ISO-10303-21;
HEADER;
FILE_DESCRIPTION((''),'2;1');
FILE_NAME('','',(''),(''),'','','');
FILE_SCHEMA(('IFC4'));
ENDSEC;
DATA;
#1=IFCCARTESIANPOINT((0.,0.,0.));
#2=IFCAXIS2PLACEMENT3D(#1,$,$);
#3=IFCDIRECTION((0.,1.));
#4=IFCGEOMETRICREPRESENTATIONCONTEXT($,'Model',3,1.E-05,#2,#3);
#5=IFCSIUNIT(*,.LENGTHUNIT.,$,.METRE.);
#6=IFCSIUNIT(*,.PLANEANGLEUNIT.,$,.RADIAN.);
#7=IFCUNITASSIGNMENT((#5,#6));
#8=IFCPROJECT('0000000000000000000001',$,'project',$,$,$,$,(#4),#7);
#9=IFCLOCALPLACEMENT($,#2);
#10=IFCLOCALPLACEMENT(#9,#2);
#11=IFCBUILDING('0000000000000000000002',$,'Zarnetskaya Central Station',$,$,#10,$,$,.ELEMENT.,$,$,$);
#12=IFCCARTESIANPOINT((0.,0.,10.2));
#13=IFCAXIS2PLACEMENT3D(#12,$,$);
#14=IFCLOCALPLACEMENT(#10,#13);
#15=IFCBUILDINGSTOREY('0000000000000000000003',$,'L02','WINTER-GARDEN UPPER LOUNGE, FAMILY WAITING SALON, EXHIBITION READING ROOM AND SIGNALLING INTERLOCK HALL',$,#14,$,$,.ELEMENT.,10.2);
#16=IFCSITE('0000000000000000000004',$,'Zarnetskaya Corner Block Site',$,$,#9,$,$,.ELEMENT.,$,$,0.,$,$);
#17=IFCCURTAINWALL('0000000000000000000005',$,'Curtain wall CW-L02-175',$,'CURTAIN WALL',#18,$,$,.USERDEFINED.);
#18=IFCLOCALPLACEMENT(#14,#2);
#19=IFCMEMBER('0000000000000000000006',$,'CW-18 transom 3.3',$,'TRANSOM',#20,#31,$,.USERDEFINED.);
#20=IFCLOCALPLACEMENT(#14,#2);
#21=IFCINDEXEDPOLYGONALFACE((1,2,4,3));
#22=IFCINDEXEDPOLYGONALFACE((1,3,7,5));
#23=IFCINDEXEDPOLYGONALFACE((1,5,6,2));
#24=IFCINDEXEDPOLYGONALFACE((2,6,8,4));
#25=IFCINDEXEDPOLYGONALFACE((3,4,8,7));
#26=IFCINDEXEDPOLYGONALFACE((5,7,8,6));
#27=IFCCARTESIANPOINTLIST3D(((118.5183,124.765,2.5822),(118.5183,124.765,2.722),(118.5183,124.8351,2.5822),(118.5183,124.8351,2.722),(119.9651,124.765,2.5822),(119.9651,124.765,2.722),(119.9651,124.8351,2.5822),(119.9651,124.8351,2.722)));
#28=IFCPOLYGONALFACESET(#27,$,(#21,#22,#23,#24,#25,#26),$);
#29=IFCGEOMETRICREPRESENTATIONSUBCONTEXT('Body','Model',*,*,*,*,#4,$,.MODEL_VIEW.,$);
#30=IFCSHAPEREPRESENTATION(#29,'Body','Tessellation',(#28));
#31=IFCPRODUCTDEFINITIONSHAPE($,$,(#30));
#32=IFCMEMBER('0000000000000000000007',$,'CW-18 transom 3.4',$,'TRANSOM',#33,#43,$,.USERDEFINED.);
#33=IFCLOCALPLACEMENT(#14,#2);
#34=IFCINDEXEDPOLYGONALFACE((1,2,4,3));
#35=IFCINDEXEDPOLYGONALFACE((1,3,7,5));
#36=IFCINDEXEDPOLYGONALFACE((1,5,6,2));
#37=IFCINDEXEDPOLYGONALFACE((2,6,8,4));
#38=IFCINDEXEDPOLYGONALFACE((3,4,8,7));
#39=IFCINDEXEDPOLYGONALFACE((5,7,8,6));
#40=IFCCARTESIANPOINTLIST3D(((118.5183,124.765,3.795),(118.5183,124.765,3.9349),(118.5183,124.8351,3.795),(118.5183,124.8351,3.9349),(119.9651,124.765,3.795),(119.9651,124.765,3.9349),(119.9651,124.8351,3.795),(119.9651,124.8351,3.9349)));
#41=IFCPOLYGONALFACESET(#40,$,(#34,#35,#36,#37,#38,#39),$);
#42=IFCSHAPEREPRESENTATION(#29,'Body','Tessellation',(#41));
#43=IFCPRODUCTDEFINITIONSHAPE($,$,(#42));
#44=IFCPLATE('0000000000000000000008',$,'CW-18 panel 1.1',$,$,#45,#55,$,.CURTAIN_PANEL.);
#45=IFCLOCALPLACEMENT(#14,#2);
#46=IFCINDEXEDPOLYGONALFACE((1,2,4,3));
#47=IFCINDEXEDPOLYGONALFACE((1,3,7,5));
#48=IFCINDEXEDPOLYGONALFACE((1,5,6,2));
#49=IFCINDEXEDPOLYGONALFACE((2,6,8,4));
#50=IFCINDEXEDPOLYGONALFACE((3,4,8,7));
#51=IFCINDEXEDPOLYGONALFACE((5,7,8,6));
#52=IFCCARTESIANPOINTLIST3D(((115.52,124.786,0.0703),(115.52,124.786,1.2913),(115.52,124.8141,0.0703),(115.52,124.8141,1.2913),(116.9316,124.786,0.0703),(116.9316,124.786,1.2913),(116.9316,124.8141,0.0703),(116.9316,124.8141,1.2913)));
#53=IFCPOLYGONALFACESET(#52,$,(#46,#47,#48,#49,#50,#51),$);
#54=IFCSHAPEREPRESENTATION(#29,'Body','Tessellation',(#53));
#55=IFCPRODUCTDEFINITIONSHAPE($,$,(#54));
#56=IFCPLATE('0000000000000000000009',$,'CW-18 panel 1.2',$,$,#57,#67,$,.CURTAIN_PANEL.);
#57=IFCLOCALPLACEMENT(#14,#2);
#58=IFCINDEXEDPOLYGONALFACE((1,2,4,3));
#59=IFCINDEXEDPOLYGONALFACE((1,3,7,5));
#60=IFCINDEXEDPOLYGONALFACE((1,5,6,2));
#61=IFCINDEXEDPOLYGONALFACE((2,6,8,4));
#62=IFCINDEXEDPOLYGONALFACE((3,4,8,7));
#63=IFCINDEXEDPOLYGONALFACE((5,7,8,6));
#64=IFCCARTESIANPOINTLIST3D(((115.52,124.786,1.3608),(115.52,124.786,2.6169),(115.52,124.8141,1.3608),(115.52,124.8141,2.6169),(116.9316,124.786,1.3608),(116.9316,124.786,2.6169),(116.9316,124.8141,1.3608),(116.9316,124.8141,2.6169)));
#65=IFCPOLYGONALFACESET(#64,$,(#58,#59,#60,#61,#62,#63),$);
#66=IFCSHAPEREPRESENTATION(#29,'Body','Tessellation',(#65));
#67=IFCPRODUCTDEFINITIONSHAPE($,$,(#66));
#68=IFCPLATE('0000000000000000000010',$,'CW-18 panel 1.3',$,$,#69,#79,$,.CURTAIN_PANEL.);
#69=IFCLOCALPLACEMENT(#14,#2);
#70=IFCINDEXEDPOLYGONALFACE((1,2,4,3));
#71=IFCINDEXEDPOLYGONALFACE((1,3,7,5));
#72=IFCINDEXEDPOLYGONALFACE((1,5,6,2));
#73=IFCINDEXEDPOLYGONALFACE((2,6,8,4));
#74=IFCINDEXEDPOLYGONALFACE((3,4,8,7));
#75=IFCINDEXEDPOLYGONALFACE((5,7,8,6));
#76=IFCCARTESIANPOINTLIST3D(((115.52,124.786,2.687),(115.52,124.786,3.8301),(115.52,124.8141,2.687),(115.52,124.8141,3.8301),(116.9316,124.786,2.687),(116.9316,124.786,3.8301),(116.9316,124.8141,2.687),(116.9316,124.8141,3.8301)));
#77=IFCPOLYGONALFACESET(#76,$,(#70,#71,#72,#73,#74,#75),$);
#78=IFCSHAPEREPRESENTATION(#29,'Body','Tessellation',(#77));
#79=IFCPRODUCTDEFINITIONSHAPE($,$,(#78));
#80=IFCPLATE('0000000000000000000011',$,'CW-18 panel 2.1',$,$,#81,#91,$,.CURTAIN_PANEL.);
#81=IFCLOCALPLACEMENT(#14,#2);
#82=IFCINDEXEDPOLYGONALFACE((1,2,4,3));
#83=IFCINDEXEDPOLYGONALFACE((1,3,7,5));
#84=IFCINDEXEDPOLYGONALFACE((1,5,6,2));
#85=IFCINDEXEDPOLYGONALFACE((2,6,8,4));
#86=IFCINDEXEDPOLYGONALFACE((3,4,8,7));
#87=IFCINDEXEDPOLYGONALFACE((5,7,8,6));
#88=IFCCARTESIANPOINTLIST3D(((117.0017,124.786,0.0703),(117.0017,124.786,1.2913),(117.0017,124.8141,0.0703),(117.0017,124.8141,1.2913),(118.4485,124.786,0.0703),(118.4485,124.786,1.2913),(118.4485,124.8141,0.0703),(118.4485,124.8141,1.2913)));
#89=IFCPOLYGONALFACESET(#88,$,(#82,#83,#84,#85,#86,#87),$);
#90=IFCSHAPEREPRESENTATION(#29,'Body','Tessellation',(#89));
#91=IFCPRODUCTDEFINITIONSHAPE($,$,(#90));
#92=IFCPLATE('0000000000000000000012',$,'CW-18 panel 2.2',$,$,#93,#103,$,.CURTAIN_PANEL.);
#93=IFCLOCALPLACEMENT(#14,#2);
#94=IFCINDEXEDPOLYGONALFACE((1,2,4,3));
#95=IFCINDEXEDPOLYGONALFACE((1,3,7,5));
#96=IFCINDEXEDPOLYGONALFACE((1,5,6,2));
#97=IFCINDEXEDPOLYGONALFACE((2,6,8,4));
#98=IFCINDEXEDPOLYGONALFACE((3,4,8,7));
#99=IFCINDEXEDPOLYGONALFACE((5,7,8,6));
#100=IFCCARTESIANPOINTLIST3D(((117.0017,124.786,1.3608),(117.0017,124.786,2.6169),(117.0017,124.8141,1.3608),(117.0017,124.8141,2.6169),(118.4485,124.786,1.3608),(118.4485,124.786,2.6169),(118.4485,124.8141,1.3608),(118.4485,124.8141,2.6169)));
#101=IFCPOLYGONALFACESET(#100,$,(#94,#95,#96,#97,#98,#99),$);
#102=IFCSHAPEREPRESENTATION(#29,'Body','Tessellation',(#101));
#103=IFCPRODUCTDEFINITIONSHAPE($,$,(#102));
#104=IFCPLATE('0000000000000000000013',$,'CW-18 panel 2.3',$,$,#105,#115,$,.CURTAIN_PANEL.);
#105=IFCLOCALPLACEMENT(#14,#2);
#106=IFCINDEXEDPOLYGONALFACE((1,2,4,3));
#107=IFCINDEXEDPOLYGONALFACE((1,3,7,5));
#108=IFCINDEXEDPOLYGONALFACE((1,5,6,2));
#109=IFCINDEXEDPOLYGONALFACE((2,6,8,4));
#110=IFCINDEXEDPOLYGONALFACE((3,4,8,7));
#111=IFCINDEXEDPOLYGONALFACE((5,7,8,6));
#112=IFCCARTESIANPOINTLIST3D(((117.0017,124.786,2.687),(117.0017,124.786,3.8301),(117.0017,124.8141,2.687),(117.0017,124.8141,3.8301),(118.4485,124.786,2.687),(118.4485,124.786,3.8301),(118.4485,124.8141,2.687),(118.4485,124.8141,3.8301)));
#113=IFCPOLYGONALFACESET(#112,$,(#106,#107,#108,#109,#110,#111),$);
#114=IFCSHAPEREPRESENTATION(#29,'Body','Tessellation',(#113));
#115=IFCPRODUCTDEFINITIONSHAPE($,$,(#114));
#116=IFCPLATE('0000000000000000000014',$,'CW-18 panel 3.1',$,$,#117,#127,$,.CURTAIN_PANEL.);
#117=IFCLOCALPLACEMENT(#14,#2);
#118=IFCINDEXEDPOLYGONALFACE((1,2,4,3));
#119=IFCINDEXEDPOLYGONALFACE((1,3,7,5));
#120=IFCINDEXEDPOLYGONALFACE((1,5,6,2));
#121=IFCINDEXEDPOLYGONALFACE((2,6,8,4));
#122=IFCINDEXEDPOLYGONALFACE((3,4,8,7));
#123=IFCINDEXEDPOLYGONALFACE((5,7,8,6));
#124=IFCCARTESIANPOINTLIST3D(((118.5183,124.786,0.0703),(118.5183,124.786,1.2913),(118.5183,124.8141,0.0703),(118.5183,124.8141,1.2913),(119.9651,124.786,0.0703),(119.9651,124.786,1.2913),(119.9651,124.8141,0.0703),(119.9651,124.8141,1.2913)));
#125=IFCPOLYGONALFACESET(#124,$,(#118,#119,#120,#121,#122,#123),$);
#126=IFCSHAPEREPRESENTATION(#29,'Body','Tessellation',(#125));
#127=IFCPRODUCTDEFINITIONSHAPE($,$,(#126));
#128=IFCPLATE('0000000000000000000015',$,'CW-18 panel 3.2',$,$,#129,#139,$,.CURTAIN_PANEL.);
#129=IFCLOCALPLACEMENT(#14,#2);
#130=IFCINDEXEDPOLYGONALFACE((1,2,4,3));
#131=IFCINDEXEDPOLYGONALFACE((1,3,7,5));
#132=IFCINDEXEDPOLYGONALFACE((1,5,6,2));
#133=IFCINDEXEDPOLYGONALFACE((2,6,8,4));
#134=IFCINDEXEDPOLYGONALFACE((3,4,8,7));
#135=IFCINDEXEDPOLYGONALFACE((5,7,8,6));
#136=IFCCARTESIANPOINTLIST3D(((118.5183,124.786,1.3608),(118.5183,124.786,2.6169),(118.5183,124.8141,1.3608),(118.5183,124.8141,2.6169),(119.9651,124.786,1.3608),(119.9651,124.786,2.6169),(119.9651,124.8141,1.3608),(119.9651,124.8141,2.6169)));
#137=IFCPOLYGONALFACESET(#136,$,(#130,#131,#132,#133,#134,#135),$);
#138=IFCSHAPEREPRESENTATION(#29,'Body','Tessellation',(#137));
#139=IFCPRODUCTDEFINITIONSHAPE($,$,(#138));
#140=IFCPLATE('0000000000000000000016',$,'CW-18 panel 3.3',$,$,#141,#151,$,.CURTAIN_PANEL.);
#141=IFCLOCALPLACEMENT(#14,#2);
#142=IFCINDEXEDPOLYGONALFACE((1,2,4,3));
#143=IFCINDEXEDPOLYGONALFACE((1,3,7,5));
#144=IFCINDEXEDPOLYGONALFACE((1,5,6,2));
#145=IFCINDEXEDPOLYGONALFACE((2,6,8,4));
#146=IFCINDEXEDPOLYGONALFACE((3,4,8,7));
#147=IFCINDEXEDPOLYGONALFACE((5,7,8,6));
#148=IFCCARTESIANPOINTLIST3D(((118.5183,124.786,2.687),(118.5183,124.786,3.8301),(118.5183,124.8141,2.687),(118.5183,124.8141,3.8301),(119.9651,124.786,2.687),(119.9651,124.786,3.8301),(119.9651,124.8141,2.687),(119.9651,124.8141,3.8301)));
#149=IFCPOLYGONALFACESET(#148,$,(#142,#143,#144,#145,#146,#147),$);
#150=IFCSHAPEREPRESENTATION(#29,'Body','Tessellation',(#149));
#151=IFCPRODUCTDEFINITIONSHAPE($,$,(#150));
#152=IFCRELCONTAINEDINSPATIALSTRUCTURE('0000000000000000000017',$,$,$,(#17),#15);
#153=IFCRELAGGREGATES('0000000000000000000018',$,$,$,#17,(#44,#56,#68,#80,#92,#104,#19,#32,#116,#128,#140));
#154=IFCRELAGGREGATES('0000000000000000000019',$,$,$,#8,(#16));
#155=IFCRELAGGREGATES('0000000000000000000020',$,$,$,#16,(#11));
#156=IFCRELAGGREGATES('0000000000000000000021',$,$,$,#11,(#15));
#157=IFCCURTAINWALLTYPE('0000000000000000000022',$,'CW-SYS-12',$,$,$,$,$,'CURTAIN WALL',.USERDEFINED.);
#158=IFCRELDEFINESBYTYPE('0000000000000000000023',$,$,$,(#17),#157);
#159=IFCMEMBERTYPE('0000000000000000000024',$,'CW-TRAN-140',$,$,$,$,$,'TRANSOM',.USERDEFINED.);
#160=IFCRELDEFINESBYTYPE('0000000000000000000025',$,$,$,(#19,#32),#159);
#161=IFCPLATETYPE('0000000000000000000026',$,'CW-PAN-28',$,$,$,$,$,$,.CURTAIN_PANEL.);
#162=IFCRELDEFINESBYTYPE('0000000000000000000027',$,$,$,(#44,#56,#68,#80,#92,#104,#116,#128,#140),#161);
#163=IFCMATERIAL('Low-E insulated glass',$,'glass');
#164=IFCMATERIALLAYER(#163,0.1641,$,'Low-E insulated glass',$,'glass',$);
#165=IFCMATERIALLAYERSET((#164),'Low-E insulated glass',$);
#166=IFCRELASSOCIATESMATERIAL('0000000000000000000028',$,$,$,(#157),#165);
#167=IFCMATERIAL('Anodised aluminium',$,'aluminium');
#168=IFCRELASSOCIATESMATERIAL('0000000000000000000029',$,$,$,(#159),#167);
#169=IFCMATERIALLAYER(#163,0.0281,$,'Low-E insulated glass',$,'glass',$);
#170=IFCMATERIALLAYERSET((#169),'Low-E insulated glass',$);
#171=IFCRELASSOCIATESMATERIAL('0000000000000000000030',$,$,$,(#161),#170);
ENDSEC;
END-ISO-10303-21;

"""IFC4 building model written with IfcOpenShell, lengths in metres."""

from ifc_helpers import new_model, si_unit, direction, frame, origin, origin_2d, place, context, subcontext, project, spatial, rectangle, extrude, material, layer, layer_set, material_profile, profile_set, type_object, element, aggregate, save


model = new_model("IFC4")

# Units and contexts
model_context = context("Model", 3, precision=1e-05, world=origin(), true_north=direction((0.0, 1.0)))
body_context = subcontext(model_context, "Body", "Model", "MODEL_VIEW")
ifc_project = project(units=[si_unit("LENGTHUNIT", "METRE"), si_unit("PLANEANGLEUNIT", "RADIAN")], contexts=[model_context])

# Site, building, storey
site_placement = place(None, origin())
site = spatial("IfcSite", under=ifc_project, at=site_placement, Name="Zarnetskaya Corner Block Site", CompositionType="ELEMENT", RefElevation=0.0)
building_placement = place(site_placement, origin())
building = spatial("IfcBuilding", under=site, at=building_placement, Name="Zarnetskaya Central Station", CompositionType="ELEMENT")
storey_placement = place(building_placement, frame((0.0, 0.0, 10.2)))
storey = spatial("IfcBuildingStorey", under=building, at=storey_placement, Name="L02", Description="WINTER-GARDEN UPPER LOUNGE, FAMILY WAITING SALON, EXHIBITION READING ROOM AND SIGNALLING INTERLOCK HALL", CompositionType="ELEMENT", Elevation=10.2)

# Curtain wall, members, plates
ifc_material_1 = material(Name="Low-E insulated glass", Category="glass")
ifc_layer_1 = layer(ifc_material_1, 0.1641, Name="Low-E insulated glass", Category="glass")
ifc_layer_set_1 = layer_set([ifc_layer_1], Name="Low-E insulated glass")
curtain_wall_type = type_object("IfcCurtainWallType", Name="CW-SYS-12", ElementType="CURTAIN WALL", PredefinedType="USERDEFINED", material=ifc_layer_set_1)
curtain_wall_placement = place(storey_placement, origin())
curtain_wall = element("IfcCurtainWall", 1, at=curtain_wall_placement, inside=storey, type_object=curtain_wall_type, Name="Curtain wall CW-L02-175", ObjectType="CURTAIN WALL", PredefinedType="USERDEFINED")
ifc_material_2 = material(Name="Anodised aluminium", Category="aluminium")
ifc_material_profile_1 = material_profile(ifc_material_2, rectangle(XDim=0.0701, YDim=0.1399, at=origin_2d()), Name="ALU TRAN 70x140")
ifc_profile_set_1 = profile_set([ifc_material_profile_1], Name="Anodised aluminium")
member_type_1 = type_object("IfcMemberType", Name="CW-TRAN-140", ElementType="TRANSOM", PredefinedType="USERDEFINED", material=ifc_profile_set_1)
member_1_placement = place(storey_placement, frame((118.5183, 124.8, 2.6521), z_axis=(1.0, 0.0, 0.0), x_axis=(0.0, 1.0, 0.0)))
member_1 = element("IfcMember", 2, at=member_1_placement, type_object=member_type_1, Name="CW-18 transom 3.3", ObjectType="TRANSOM", PredefinedType="USERDEFINED", context=body_context, shape_type="SweptSolid", body=[
    extrude(rectangle(XDim=0.0701, YDim=0.1399, at=origin_2d()), origin(), (0.0, 0.0, 1.0), 1.4468),
])
member_2_placement = place(storey_placement, frame((118.5183, 124.8, 3.865), z_axis=(1.0, 0.0, 0.0), x_axis=(0.0, 1.0, 0.0)))
member_2 = element("IfcMember", 3, at=member_2_placement, type_object=member_type_1, Name="CW-18 transom 3.4", ObjectType="TRANSOM", PredefinedType="USERDEFINED", context=body_context, shape_type="SweptSolid", body=[
    extrude(rectangle(XDim=0.0701, YDim=0.1399, at=origin_2d()), origin(), (0.0, 0.0, 1.0), 1.4468),
])
ifc_layer_2 = layer(ifc_material_1, 0.0281, Name="Low-E insulated glass", Category="glass")
ifc_layer_set_2 = layer_set([ifc_layer_2], Name="Low-E insulated glass")
plate_type = type_object("IfcPlateType", Name="CW-PAN-28", PredefinedType="CURTAIN_PANEL", material=ifc_layer_set_2)
plate_1_placement = place(storey_placement, frame((116.2258, 124.8, 0.0703), z_axis=(0.0, 0.0, 1.0), x_axis=(1.0, 0.0, 0.0)))
plate_1 = element("IfcPlate", 4, at=plate_1_placement, type_object=plate_type, Name="CW-18 panel 1.1", PredefinedType="CURTAIN_PANEL", context=body_context, shape_type="SweptSolid", body=[
    extrude(rectangle(XDim=1.4116, YDim=0.0281, at=origin_2d()), origin(), (0.0, 0.0, 1.0), 1.2209),
])
plate_2_placement = place(storey_placement, frame((116.2258, 124.8, 1.3608), z_axis=(0.0, 0.0, 1.0), x_axis=(1.0, 0.0, 0.0)))
plate_2 = element("IfcPlate", 5, at=plate_2_placement, type_object=plate_type, Name="CW-18 panel 1.2", PredefinedType="CURTAIN_PANEL", context=body_context, shape_type="SweptSolid", body=[
    extrude(rectangle(XDim=1.4116, YDim=0.0281, at=origin_2d()), origin(), (0.0, 0.0, 1.0), 1.2561),
])
plate_3_placement = place(storey_placement, frame((116.2258, 124.8, 2.687), z_axis=(0.0, 0.0, 1.0), x_axis=(1.0, 0.0, 0.0)))
plate_3 = element("IfcPlate", 6, at=plate_3_placement, type_object=plate_type, Name="CW-18 panel 1.3", PredefinedType="CURTAIN_PANEL", context=body_context, shape_type="SweptSolid", body=[
    extrude(rectangle(XDim=1.4116, YDim=0.0281, at=origin_2d()), origin(), (0.0, 0.0, 1.0), 1.1431),
])
plate_4_placement = place(storey_placement, frame((117.7251, 124.8, 0.0703), z_axis=(0.0, 0.0, 1.0), x_axis=(1.0, 0.0, 0.0)))
plate_4 = element("IfcPlate", 7, at=plate_4_placement, type_object=plate_type, Name="CW-18 panel 2.1", PredefinedType="CURTAIN_PANEL", context=body_context, shape_type="SweptSolid", body=[
    extrude(rectangle(XDim=1.4468, YDim=0.0281, at=origin_2d()), origin(), (0.0, 0.0, 1.0), 1.2209),
])
plate_5_placement = place(storey_placement, frame((117.7251, 124.8, 1.3608), z_axis=(0.0, 0.0, 1.0), x_axis=(1.0, 0.0, 0.0)))
plate_5 = element("IfcPlate", 8, at=plate_5_placement, type_object=plate_type, Name="CW-18 panel 2.2", PredefinedType="CURTAIN_PANEL", context=body_context, shape_type="SweptSolid", body=[
    extrude(rectangle(XDim=1.4468, YDim=0.0281, at=origin_2d()), origin(), (0.0, 0.0, 1.0), 1.2561),
])
plate_6_placement = place(storey_placement, frame((117.7251, 124.8, 2.687), z_axis=(0.0, 0.0, 1.0), x_axis=(1.0, 0.0, 0.0)))
plate_6 = element("IfcPlate", 9, at=plate_6_placement, type_object=plate_type, Name="CW-18 panel 2.3", PredefinedType="CURTAIN_PANEL", context=body_context, shape_type="SweptSolid", body=[
    extrude(rectangle(XDim=1.4468, YDim=0.0281, at=origin_2d()), origin(), (0.0, 0.0, 1.0), 1.1431),
])
plate_7_placement = place(storey_placement, frame((119.2417, 124.8, 0.0703), z_axis=(0.0, 0.0, 1.0), x_axis=(1.0, 0.0, 0.0)))
plate_7 = element("IfcPlate", 10, at=plate_7_placement, type_object=plate_type, Name="CW-18 panel 3.1", PredefinedType="CURTAIN_PANEL", context=body_context, shape_type="SweptSolid", body=[
    extrude(rectangle(XDim=1.4468, YDim=0.0281, at=origin_2d()), origin(), (0.0, 0.0, 1.0), 1.2209),
])
plate_8_placement = place(storey_placement, frame((119.2417, 124.8, 1.3608), z_axis=(0.0, 0.0, 1.0), x_axis=(1.0, 0.0, 0.0)))
plate_8 = element("IfcPlate", 11, at=plate_8_placement, type_object=plate_type, Name="CW-18 panel 3.2", PredefinedType="CURTAIN_PANEL", context=body_context, shape_type="SweptSolid", body=[
    extrude(rectangle(XDim=1.4468, YDim=0.0281, at=origin_2d()), origin(), (0.0, 0.0, 1.0), 1.2561),
])
plate_9_placement = place(storey_placement, frame((119.2417, 124.8, 2.687), z_axis=(0.0, 0.0, 1.0), x_axis=(1.0, 0.0, 0.0)))
plate_9 = element("IfcPlate", 12, at=plate_9_placement, type_object=plate_type, Name="CW-18 panel 3.3", PredefinedType="CURTAIN_PANEL", context=body_context, shape_type="SweptSolid", body=[
    extrude(rectangle(XDim=1.4468, YDim=0.0281, at=origin_2d()), origin(), (0.0, 0.0, 1.0), 1.1431),
])
aggregate(curtain_wall, [plate_1, plate_2, plate_3, plate_4, plate_5, plate_6, member_1, member_2, plate_7, plate_8, plate_9])

save(model, "model.ifc")
